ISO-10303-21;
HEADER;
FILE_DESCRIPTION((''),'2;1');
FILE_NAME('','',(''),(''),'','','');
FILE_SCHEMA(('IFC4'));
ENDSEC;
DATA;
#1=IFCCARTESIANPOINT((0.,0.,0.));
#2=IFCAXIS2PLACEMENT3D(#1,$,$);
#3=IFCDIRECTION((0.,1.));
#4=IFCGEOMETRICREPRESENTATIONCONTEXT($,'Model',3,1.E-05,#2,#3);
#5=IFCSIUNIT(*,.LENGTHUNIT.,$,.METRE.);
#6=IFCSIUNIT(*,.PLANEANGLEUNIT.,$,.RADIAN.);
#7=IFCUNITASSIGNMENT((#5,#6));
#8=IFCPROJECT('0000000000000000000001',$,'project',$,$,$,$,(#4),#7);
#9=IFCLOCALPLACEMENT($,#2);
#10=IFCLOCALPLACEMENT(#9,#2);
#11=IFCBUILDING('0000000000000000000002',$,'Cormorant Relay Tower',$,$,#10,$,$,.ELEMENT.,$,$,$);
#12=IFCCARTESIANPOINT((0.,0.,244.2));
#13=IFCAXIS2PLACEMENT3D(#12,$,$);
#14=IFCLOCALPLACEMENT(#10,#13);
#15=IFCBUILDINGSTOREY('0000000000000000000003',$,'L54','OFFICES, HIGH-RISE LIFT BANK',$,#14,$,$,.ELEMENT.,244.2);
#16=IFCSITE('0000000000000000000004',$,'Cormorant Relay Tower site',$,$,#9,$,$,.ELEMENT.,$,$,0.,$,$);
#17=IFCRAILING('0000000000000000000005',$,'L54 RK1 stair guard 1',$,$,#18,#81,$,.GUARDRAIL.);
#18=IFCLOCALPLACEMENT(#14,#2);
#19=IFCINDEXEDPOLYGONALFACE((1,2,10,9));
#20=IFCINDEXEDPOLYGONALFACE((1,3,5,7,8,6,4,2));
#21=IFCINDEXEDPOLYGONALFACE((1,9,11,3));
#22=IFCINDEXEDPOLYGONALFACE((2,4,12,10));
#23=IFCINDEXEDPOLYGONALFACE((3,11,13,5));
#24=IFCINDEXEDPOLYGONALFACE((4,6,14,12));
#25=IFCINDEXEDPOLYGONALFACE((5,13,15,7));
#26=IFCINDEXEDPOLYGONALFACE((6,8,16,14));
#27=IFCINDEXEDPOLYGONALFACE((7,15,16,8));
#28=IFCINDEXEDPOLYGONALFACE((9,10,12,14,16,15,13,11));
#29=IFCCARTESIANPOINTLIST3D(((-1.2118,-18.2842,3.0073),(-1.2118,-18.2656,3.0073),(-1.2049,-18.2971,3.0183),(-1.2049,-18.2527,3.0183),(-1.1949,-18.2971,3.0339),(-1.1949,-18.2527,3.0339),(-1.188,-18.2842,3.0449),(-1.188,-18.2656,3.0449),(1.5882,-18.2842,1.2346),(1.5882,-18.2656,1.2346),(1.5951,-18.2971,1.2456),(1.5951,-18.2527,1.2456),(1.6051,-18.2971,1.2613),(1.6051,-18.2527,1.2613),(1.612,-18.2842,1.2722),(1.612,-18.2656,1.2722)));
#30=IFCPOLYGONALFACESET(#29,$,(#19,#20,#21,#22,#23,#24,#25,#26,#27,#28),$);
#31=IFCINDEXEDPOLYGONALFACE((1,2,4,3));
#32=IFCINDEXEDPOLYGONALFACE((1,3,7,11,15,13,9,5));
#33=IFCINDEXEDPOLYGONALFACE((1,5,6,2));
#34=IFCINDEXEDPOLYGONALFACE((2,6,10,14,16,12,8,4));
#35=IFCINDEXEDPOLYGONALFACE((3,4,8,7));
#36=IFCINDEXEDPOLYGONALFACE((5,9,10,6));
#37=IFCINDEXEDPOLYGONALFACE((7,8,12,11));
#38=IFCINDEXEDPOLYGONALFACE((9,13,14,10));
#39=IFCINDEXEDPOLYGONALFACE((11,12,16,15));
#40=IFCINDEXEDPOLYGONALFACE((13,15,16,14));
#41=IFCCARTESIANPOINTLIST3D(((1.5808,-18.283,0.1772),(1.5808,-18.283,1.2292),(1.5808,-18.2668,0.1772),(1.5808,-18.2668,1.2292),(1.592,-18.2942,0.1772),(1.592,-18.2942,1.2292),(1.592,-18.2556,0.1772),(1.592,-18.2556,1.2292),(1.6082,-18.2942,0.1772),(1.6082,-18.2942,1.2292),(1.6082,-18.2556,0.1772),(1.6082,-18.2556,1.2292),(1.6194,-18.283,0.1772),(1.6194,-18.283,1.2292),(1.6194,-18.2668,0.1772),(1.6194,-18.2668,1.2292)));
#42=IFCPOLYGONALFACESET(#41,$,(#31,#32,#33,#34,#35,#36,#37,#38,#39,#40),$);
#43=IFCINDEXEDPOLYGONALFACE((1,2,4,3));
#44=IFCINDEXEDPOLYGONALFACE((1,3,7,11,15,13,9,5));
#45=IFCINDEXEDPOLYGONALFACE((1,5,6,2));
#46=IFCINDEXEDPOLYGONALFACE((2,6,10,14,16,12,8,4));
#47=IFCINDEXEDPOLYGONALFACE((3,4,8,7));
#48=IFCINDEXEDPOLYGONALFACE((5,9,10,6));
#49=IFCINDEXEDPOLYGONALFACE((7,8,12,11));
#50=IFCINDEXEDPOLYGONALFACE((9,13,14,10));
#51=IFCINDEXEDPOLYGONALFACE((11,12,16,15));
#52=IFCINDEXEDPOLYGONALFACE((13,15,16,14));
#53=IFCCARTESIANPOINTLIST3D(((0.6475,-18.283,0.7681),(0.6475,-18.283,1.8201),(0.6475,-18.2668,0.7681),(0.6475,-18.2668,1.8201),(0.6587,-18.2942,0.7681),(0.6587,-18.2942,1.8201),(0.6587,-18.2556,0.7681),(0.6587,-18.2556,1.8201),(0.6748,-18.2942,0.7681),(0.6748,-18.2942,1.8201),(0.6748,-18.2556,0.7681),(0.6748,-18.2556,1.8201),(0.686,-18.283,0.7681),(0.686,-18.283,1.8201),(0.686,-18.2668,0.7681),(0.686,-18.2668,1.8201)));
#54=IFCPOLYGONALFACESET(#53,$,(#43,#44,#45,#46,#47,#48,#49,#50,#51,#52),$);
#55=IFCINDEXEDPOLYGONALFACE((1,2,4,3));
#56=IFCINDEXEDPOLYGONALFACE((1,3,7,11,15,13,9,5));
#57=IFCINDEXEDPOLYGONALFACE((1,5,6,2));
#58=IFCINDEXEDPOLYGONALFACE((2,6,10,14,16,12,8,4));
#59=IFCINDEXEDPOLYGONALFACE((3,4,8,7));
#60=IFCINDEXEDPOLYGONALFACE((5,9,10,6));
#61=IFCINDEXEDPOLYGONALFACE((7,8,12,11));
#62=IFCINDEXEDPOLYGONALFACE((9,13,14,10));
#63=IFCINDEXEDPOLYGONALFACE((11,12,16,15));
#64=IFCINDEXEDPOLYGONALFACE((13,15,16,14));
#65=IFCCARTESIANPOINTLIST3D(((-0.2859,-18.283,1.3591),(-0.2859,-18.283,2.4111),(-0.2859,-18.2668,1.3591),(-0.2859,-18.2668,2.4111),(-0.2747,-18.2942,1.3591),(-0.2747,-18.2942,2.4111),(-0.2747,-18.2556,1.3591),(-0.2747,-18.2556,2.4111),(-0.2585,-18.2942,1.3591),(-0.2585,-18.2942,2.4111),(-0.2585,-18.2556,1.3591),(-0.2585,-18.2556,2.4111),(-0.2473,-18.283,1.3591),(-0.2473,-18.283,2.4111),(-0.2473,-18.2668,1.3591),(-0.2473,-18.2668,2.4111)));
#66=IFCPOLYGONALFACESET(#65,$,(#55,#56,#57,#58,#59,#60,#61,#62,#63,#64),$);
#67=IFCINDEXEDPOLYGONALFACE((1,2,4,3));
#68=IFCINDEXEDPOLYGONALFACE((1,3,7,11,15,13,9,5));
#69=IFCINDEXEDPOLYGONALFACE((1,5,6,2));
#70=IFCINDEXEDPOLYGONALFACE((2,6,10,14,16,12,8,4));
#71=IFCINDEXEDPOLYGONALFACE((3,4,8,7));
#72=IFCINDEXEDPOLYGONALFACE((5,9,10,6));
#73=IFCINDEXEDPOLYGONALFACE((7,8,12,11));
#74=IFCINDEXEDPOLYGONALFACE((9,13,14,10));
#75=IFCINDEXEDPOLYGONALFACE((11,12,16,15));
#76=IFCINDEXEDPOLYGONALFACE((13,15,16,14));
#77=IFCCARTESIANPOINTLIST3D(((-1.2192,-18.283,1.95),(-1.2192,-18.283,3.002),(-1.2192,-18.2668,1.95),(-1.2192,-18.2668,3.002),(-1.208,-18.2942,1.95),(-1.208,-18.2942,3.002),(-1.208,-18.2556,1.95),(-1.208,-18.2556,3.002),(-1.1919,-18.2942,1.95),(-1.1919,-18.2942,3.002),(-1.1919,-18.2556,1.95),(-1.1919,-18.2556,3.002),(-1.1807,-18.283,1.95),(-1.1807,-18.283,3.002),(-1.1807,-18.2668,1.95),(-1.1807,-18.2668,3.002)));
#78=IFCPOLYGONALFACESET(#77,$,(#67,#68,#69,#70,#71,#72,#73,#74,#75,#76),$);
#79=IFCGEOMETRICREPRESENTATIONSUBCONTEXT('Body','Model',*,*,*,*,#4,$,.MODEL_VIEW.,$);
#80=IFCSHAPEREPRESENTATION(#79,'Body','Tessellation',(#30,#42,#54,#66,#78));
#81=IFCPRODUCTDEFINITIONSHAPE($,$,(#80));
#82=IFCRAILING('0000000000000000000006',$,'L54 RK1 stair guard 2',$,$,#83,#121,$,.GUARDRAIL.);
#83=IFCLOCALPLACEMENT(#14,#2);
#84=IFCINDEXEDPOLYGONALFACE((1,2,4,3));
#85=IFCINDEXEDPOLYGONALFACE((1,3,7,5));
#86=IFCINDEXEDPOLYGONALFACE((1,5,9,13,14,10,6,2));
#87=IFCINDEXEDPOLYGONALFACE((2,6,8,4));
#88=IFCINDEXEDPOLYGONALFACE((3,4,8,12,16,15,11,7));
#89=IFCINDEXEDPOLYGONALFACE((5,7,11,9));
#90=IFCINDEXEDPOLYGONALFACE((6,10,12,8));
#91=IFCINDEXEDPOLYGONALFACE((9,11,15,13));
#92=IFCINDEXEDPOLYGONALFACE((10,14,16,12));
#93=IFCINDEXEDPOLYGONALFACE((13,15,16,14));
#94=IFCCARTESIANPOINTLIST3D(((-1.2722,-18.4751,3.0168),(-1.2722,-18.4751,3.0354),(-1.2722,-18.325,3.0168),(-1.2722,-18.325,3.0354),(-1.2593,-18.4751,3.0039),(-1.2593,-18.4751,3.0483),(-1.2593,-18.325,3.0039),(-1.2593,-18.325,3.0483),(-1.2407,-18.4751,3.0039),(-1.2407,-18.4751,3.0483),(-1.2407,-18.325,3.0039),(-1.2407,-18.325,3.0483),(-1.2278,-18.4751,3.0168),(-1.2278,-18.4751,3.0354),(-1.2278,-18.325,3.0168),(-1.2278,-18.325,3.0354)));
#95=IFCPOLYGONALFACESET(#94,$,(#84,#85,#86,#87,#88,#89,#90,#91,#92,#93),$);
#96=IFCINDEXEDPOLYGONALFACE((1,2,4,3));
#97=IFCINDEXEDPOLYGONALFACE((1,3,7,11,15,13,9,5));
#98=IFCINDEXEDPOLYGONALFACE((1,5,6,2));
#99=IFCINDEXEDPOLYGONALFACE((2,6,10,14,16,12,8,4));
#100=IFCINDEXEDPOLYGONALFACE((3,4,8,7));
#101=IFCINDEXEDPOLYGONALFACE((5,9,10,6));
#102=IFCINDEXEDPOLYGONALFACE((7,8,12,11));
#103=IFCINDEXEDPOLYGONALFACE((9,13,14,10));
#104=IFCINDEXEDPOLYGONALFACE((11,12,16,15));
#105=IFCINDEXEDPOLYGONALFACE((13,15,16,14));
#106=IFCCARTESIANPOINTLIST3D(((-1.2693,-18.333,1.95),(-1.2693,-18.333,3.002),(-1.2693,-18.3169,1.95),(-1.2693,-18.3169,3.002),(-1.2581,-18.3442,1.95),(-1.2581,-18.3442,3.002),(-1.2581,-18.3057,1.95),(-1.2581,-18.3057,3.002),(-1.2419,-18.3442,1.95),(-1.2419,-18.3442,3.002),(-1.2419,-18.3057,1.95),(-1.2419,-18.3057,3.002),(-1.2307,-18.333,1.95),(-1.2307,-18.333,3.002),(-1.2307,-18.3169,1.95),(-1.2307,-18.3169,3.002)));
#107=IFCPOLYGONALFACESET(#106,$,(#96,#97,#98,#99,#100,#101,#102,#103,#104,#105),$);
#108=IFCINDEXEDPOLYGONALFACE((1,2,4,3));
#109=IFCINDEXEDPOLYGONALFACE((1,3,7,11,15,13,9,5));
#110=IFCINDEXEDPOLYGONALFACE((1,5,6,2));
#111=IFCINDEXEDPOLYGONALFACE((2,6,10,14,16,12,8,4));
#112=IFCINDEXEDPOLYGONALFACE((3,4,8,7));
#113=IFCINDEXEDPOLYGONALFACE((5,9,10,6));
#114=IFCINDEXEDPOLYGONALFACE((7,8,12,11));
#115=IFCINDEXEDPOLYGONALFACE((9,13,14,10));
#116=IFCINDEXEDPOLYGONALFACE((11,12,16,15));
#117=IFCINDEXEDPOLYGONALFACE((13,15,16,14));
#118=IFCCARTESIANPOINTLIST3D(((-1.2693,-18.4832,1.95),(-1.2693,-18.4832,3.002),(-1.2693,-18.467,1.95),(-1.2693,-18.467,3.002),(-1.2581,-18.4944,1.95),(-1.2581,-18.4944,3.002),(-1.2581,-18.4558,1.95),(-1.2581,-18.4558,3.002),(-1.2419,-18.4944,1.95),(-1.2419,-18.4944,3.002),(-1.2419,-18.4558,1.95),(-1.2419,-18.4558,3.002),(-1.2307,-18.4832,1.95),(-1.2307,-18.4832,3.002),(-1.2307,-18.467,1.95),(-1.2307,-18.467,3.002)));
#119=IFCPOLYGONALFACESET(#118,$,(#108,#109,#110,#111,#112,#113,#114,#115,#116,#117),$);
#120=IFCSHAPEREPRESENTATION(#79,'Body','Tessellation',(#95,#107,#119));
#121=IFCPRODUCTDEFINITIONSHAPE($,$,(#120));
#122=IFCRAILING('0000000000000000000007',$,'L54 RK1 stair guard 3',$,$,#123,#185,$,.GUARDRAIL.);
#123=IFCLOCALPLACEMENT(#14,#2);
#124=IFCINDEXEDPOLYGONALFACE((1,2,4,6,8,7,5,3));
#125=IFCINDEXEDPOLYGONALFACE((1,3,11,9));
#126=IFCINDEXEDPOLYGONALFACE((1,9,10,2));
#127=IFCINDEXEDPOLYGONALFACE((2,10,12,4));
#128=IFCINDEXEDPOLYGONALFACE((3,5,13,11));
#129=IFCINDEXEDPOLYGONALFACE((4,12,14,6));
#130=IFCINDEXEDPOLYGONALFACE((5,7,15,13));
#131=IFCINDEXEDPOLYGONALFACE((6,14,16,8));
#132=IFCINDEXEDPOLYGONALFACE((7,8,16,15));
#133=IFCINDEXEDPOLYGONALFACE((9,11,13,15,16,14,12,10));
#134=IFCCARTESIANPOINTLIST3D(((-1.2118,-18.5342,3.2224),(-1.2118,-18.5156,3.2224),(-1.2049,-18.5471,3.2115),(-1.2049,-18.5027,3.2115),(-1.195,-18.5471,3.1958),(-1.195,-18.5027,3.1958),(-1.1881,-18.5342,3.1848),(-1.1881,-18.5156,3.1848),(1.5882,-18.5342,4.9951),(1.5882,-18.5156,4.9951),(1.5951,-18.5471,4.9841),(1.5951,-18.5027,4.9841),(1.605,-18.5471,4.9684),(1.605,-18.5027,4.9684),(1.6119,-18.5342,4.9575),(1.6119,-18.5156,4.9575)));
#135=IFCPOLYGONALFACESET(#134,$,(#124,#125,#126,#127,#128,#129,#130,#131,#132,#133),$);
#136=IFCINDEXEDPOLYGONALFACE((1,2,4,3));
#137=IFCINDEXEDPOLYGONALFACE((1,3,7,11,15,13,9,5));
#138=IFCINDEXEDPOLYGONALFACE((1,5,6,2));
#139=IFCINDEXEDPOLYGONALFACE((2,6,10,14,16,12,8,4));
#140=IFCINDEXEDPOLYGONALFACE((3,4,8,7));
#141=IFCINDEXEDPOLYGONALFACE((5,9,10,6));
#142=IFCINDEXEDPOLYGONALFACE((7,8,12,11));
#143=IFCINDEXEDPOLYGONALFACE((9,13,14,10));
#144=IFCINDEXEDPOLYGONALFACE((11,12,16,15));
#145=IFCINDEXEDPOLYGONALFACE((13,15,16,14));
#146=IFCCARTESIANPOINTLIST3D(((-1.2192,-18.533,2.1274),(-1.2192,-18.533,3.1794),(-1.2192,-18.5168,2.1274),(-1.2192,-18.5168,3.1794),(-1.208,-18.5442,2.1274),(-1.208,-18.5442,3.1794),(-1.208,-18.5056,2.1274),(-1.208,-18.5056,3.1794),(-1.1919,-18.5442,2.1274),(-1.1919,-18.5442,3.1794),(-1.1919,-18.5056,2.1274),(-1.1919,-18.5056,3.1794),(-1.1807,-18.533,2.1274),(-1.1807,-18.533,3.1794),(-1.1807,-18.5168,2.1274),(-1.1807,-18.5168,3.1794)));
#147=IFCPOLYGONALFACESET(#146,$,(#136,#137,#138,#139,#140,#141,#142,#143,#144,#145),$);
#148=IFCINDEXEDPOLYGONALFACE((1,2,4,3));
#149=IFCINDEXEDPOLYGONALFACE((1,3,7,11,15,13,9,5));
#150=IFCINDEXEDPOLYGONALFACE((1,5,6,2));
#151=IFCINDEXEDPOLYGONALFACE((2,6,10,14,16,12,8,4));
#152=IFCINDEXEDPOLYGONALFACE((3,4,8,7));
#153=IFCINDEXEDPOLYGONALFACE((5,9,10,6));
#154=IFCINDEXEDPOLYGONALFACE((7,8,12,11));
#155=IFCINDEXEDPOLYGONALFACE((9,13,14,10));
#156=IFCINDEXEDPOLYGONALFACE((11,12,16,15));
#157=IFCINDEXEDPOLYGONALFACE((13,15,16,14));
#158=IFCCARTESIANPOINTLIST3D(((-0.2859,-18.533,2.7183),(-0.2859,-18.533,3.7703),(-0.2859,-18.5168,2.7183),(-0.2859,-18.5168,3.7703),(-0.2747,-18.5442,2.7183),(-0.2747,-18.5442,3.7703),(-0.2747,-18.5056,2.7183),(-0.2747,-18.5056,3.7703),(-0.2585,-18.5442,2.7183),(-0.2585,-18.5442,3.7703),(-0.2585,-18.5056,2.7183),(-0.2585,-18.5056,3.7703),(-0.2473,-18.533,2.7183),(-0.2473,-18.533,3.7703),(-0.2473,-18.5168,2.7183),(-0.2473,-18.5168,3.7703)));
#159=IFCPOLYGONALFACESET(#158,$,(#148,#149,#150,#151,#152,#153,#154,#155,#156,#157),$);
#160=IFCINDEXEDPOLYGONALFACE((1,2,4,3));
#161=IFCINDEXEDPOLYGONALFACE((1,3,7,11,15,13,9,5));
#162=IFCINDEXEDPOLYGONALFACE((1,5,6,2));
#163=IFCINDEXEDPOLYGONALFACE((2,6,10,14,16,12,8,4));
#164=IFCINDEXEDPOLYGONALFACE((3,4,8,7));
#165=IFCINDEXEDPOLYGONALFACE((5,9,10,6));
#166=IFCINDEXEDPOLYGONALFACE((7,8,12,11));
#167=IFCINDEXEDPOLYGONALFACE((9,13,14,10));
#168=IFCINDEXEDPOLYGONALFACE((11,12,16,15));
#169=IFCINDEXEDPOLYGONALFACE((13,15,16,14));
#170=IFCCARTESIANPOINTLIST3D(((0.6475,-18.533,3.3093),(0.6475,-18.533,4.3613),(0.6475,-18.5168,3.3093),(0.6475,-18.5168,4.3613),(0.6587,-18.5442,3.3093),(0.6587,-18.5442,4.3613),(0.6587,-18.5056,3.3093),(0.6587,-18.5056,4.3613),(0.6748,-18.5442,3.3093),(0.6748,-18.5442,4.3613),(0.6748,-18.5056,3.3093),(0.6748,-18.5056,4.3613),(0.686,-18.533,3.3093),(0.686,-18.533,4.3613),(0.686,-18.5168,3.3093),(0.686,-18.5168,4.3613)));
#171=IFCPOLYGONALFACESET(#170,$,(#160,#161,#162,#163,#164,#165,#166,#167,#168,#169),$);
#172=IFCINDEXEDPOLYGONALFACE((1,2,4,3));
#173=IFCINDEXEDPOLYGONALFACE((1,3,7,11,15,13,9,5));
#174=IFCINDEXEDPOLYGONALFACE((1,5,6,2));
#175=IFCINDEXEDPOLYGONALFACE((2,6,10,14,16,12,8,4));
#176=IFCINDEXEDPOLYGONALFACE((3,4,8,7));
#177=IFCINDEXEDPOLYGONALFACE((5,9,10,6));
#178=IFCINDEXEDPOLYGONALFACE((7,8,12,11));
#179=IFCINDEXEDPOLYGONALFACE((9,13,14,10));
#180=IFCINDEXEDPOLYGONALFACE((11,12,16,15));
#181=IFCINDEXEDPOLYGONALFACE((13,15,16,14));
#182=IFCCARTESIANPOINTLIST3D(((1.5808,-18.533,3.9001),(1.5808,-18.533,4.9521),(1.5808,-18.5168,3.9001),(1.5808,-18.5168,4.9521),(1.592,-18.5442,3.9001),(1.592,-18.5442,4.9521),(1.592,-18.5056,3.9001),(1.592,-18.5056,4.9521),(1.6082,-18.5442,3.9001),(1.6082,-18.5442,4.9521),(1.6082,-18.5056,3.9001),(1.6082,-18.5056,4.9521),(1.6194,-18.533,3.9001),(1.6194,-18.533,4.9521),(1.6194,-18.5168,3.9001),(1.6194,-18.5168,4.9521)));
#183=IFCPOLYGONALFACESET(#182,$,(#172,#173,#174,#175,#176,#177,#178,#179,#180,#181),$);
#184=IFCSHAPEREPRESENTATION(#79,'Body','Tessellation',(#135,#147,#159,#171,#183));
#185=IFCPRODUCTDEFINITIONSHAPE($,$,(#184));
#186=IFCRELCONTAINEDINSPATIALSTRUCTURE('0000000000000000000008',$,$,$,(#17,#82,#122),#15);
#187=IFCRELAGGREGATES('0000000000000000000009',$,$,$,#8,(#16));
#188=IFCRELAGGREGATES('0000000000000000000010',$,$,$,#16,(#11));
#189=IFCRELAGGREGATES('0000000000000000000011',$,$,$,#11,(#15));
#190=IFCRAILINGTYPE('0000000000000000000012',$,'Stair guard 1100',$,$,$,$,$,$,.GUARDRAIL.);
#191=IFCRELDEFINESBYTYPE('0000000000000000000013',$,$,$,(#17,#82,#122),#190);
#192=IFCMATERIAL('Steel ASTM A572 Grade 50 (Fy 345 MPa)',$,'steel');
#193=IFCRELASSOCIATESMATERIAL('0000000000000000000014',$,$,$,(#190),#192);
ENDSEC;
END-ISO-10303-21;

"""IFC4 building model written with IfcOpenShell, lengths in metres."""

from ifc_helpers import new_model, si_unit, direction, frame, origin, place, context, subcontext, project, spatial, polyline, outline, extrude, material, type_object, element, save


model = new_model("IFC4")

# Units and contexts
model_context = context("Model", 3, precision=1e-05, world=origin(), true_north=direction((0.0, 1.0)))
body_context = subcontext(model_context, "Body", "Model", "MODEL_VIEW")
ifc_project = project(units=[si_unit("LENGTHUNIT", "METRE"), si_unit("PLANEANGLEUNIT", "RADIAN")], contexts=[model_context])

# Site, building, storey
site_placement = place(None, origin())
site = spatial("IfcSite", under=ifc_project, at=site_placement, Name="Cormorant Relay Tower site", CompositionType="ELEMENT", RefElevation=0.0)
building_placement = place(site_placement, origin())
building = spatial("IfcBuilding", under=site, at=building_placement, Name="Cormorant Relay Tower", CompositionType="ELEMENT")
storey_placement = place(building_placement, frame((0.0, 0.0, 244.2)))
storey = spatial("IfcBuildingStorey", under=building, at=storey_placement, Name="L54", Description="OFFICES, HIGH-RISE LIFT BANK", CompositionType="ELEMENT", Elevation=244.2)

# Railings
ifc_material_1 = material(Name="Steel ASTM A572 Grade 50 (Fy 345 MPa)", Category="steel")
railing_type_1 = type_object("IfcRailingType", Name="Stair guard 1100", PredefinedType="GUARDRAIL", material=ifc_material_1)
railing_1_placement = place(storey_placement, frame((1.6001, -18.2749, 0.1772)))
element("IfcRailing", 1, at=railing_1_placement, inside=storey, type_object=railing_type_1, Name="L54 RK1 stair guard 1", PredefinedType="GUARDRAIL", context=body_context, shape_type="SweptSolid", body=[
    extrude(outline(polyline([(0.0222, 0.0093), (0.0093, 0.0222), (-0.0093, 0.0222), (-0.0222, 0.0093), (-0.0222, -0.0093), (-0.0093, -0.0222), (0.0093, -0.0222), (0.0222, -0.0093), (0.0222, 0.0093)])), frame((0.0, 0.0, 1.0762), z_axis=(-0.844909, 0.0, 0.53491), x_axis=(0.0, -1.0, 0.0)), (0.0, 0.0, 1.0), 3.314),
    extrude(outline(polyline([(0.0193, 0.0081), (0.0081, 0.0193), (-0.0081, 0.0193), (-0.0193, 0.0081), (-0.0193, -0.0081), (-0.0081, -0.0193), (0.0081, -0.0193), (0.0193, -0.0081), (0.0193, 0.0081)])), origin(), (0.0, 0.0, 1.0), 1.052),
    extrude(outline(polyline([(0.0193, 0.0081), (0.0081, 0.0193), (-0.0081, 0.0193), (-0.0193, 0.0081), (-0.0193, -0.0081), (-0.0081, -0.0193), (0.0081, -0.0193), (0.0193, -0.0081), (0.0193, 0.0081)])), frame((-0.9333, 0.0, 0.5908)), (0.0, 0.0, 1.0), 1.052),
    extrude(outline(polyline([(0.0193, 0.0081), (0.0081, 0.0193), (-0.0081, 0.0193), (-0.0193, 0.0081), (-0.0193, -0.0081), (-0.0081, -0.0193), (0.0081, -0.0193), (0.0193, -0.0081), (0.0193, 0.0081)])), frame((-1.8667, 0.0, 1.1819)), (0.0, 0.0, 1.0), 1.052),
    extrude(outline(polyline([(0.0193, 0.0081), (0.0081, 0.0193), (-0.0081, 0.0193), (-0.0193, 0.0081), (-0.0193, -0.0081), (-0.0081, -0.0193), (0.0081, -0.0193), (0.0193, -0.0081), (0.0193, 0.0081)])), frame((-2.8, 0.0, 1.7727)), (0.0, 0.0, 1.0), 1.052),
])
railing_2_placement = place(storey_placement, frame((-1.25, -18.325, 1.95)))
element("IfcRailing", 2, at=railing_2_placement, inside=storey, type_object=railing_type_1, Name="L54 RK1 stair guard 2", PredefinedType="GUARDRAIL", context=body_context, shape_type="SweptSolid", body=[
    extrude(outline(polyline([(0.0222, 0.0093), (0.0093, 0.0222), (-0.0093, 0.0222), (-0.0222, 0.0093), (-0.0222, -0.0093), (-0.0093, -0.0222), (0.0093, -0.0222), (0.0222, -0.0093), (0.0222, 0.0093)])), frame((0.0, 0.0, 1.0762), z_axis=(0.0, -1.0, 0.0), x_axis=(1.0, 0.0, 0.0)), (0.0, 0.0, 1.0), 0.1501),
    extrude(outline(polyline([(0.0193, 0.0081), (0.0081, 0.0193), (-0.0081, 0.0193), (-0.0193, 0.0081), (-0.0193, -0.0081), (-0.0081, -0.0193), (0.0081, -0.0193), (0.0193, -0.0081), (0.0193, 0.0081)])), origin(), (0.0, 0.0, 1.0), 1.052),
    extrude(outline(polyline([(0.0193, 0.0081), (0.0081, 0.0193), (-0.0081, 0.0193), (-0.0193, 0.0081), (-0.0193, -0.0081), (-0.0081, -0.0193), (0.0081, -0.0193), (0.0193, -0.0081), (0.0193, 0.0081)])), frame((0.0, -0.1501, 0.0)), (0.0, 0.0, 1.0), 1.052),
])
railing_3_placement = place(storey_placement, frame((-1.2, -18.5249, 2.1274)))
element("IfcRailing", 3, at=railing_3_placement, inside=storey, type_object=railing_type_1, Name="L54 RK1 stair guard 3", PredefinedType="GUARDRAIL", context=body_context, shape_type="SweptSolid", body=[
    extrude(outline(polyline([(0.0222, 0.0093), (0.0093, 0.0222), (-0.0093, 0.0222), (-0.0222, 0.0093), (-0.0222, -0.0093), (-0.0093, -0.0222), (0.0093, -0.0222), (0.0222, -0.0093), (0.0222, 0.0093)])), frame((0.0, 0.0, 1.0762), z_axis=(0.844909, 0.0, 0.53491), x_axis=(0.0, 1.0, 0.0)), (0.0, 0.0, 1.0), 3.314),
    extrude(outline(polyline([(0.0193, 0.0081), (0.0081, 0.0193), (-0.0081, 0.0193), (-0.0193, 0.0081), (-0.0193, -0.0081), (-0.0081, -0.0193), (0.0081, -0.0193), (0.0193, -0.0081), (0.0193, 0.0081)])), origin(), (0.0, 0.0, 1.0), 1.052),
    extrude(outline(polyline([(0.0193, 0.0081), (0.0081, 0.0193), (-0.0081, 0.0193), (-0.0193, 0.0081), (-0.0193, -0.0081), (-0.0081, -0.0193), (0.0081, -0.0193), (0.0193, -0.0081), (0.0193, 0.0081)])), frame((0.9333, 0.0, 0.5908)), (0.0, 0.0, 1.0), 1.052),
    extrude(outline(polyline([(0.0193, 0.0081), (0.0081, 0.0193), (-0.0081, 0.0193), (-0.0193, 0.0081), (-0.0193, -0.0081), (-0.0081, -0.0193), (0.0081, -0.0193), (0.0193, -0.0081), (0.0193, 0.0081)])), frame((1.8667, 0.0, 1.1819)), (0.0, 0.0, 1.0), 1.052),
    extrude(outline(polyline([(0.0193, 0.0081), (0.0081, 0.0193), (-0.0081, 0.0193), (-0.0193, 0.0081), (-0.0193, -0.0081), (-0.0081, -0.0193), (0.0081, -0.0193), (0.0193, -0.0081), (0.0193, 0.0081)])), frame((2.8, 0.0, 1.7727)), (0.0, 0.0, 1.0), 1.052),
])

save(model, "model.ifc")
